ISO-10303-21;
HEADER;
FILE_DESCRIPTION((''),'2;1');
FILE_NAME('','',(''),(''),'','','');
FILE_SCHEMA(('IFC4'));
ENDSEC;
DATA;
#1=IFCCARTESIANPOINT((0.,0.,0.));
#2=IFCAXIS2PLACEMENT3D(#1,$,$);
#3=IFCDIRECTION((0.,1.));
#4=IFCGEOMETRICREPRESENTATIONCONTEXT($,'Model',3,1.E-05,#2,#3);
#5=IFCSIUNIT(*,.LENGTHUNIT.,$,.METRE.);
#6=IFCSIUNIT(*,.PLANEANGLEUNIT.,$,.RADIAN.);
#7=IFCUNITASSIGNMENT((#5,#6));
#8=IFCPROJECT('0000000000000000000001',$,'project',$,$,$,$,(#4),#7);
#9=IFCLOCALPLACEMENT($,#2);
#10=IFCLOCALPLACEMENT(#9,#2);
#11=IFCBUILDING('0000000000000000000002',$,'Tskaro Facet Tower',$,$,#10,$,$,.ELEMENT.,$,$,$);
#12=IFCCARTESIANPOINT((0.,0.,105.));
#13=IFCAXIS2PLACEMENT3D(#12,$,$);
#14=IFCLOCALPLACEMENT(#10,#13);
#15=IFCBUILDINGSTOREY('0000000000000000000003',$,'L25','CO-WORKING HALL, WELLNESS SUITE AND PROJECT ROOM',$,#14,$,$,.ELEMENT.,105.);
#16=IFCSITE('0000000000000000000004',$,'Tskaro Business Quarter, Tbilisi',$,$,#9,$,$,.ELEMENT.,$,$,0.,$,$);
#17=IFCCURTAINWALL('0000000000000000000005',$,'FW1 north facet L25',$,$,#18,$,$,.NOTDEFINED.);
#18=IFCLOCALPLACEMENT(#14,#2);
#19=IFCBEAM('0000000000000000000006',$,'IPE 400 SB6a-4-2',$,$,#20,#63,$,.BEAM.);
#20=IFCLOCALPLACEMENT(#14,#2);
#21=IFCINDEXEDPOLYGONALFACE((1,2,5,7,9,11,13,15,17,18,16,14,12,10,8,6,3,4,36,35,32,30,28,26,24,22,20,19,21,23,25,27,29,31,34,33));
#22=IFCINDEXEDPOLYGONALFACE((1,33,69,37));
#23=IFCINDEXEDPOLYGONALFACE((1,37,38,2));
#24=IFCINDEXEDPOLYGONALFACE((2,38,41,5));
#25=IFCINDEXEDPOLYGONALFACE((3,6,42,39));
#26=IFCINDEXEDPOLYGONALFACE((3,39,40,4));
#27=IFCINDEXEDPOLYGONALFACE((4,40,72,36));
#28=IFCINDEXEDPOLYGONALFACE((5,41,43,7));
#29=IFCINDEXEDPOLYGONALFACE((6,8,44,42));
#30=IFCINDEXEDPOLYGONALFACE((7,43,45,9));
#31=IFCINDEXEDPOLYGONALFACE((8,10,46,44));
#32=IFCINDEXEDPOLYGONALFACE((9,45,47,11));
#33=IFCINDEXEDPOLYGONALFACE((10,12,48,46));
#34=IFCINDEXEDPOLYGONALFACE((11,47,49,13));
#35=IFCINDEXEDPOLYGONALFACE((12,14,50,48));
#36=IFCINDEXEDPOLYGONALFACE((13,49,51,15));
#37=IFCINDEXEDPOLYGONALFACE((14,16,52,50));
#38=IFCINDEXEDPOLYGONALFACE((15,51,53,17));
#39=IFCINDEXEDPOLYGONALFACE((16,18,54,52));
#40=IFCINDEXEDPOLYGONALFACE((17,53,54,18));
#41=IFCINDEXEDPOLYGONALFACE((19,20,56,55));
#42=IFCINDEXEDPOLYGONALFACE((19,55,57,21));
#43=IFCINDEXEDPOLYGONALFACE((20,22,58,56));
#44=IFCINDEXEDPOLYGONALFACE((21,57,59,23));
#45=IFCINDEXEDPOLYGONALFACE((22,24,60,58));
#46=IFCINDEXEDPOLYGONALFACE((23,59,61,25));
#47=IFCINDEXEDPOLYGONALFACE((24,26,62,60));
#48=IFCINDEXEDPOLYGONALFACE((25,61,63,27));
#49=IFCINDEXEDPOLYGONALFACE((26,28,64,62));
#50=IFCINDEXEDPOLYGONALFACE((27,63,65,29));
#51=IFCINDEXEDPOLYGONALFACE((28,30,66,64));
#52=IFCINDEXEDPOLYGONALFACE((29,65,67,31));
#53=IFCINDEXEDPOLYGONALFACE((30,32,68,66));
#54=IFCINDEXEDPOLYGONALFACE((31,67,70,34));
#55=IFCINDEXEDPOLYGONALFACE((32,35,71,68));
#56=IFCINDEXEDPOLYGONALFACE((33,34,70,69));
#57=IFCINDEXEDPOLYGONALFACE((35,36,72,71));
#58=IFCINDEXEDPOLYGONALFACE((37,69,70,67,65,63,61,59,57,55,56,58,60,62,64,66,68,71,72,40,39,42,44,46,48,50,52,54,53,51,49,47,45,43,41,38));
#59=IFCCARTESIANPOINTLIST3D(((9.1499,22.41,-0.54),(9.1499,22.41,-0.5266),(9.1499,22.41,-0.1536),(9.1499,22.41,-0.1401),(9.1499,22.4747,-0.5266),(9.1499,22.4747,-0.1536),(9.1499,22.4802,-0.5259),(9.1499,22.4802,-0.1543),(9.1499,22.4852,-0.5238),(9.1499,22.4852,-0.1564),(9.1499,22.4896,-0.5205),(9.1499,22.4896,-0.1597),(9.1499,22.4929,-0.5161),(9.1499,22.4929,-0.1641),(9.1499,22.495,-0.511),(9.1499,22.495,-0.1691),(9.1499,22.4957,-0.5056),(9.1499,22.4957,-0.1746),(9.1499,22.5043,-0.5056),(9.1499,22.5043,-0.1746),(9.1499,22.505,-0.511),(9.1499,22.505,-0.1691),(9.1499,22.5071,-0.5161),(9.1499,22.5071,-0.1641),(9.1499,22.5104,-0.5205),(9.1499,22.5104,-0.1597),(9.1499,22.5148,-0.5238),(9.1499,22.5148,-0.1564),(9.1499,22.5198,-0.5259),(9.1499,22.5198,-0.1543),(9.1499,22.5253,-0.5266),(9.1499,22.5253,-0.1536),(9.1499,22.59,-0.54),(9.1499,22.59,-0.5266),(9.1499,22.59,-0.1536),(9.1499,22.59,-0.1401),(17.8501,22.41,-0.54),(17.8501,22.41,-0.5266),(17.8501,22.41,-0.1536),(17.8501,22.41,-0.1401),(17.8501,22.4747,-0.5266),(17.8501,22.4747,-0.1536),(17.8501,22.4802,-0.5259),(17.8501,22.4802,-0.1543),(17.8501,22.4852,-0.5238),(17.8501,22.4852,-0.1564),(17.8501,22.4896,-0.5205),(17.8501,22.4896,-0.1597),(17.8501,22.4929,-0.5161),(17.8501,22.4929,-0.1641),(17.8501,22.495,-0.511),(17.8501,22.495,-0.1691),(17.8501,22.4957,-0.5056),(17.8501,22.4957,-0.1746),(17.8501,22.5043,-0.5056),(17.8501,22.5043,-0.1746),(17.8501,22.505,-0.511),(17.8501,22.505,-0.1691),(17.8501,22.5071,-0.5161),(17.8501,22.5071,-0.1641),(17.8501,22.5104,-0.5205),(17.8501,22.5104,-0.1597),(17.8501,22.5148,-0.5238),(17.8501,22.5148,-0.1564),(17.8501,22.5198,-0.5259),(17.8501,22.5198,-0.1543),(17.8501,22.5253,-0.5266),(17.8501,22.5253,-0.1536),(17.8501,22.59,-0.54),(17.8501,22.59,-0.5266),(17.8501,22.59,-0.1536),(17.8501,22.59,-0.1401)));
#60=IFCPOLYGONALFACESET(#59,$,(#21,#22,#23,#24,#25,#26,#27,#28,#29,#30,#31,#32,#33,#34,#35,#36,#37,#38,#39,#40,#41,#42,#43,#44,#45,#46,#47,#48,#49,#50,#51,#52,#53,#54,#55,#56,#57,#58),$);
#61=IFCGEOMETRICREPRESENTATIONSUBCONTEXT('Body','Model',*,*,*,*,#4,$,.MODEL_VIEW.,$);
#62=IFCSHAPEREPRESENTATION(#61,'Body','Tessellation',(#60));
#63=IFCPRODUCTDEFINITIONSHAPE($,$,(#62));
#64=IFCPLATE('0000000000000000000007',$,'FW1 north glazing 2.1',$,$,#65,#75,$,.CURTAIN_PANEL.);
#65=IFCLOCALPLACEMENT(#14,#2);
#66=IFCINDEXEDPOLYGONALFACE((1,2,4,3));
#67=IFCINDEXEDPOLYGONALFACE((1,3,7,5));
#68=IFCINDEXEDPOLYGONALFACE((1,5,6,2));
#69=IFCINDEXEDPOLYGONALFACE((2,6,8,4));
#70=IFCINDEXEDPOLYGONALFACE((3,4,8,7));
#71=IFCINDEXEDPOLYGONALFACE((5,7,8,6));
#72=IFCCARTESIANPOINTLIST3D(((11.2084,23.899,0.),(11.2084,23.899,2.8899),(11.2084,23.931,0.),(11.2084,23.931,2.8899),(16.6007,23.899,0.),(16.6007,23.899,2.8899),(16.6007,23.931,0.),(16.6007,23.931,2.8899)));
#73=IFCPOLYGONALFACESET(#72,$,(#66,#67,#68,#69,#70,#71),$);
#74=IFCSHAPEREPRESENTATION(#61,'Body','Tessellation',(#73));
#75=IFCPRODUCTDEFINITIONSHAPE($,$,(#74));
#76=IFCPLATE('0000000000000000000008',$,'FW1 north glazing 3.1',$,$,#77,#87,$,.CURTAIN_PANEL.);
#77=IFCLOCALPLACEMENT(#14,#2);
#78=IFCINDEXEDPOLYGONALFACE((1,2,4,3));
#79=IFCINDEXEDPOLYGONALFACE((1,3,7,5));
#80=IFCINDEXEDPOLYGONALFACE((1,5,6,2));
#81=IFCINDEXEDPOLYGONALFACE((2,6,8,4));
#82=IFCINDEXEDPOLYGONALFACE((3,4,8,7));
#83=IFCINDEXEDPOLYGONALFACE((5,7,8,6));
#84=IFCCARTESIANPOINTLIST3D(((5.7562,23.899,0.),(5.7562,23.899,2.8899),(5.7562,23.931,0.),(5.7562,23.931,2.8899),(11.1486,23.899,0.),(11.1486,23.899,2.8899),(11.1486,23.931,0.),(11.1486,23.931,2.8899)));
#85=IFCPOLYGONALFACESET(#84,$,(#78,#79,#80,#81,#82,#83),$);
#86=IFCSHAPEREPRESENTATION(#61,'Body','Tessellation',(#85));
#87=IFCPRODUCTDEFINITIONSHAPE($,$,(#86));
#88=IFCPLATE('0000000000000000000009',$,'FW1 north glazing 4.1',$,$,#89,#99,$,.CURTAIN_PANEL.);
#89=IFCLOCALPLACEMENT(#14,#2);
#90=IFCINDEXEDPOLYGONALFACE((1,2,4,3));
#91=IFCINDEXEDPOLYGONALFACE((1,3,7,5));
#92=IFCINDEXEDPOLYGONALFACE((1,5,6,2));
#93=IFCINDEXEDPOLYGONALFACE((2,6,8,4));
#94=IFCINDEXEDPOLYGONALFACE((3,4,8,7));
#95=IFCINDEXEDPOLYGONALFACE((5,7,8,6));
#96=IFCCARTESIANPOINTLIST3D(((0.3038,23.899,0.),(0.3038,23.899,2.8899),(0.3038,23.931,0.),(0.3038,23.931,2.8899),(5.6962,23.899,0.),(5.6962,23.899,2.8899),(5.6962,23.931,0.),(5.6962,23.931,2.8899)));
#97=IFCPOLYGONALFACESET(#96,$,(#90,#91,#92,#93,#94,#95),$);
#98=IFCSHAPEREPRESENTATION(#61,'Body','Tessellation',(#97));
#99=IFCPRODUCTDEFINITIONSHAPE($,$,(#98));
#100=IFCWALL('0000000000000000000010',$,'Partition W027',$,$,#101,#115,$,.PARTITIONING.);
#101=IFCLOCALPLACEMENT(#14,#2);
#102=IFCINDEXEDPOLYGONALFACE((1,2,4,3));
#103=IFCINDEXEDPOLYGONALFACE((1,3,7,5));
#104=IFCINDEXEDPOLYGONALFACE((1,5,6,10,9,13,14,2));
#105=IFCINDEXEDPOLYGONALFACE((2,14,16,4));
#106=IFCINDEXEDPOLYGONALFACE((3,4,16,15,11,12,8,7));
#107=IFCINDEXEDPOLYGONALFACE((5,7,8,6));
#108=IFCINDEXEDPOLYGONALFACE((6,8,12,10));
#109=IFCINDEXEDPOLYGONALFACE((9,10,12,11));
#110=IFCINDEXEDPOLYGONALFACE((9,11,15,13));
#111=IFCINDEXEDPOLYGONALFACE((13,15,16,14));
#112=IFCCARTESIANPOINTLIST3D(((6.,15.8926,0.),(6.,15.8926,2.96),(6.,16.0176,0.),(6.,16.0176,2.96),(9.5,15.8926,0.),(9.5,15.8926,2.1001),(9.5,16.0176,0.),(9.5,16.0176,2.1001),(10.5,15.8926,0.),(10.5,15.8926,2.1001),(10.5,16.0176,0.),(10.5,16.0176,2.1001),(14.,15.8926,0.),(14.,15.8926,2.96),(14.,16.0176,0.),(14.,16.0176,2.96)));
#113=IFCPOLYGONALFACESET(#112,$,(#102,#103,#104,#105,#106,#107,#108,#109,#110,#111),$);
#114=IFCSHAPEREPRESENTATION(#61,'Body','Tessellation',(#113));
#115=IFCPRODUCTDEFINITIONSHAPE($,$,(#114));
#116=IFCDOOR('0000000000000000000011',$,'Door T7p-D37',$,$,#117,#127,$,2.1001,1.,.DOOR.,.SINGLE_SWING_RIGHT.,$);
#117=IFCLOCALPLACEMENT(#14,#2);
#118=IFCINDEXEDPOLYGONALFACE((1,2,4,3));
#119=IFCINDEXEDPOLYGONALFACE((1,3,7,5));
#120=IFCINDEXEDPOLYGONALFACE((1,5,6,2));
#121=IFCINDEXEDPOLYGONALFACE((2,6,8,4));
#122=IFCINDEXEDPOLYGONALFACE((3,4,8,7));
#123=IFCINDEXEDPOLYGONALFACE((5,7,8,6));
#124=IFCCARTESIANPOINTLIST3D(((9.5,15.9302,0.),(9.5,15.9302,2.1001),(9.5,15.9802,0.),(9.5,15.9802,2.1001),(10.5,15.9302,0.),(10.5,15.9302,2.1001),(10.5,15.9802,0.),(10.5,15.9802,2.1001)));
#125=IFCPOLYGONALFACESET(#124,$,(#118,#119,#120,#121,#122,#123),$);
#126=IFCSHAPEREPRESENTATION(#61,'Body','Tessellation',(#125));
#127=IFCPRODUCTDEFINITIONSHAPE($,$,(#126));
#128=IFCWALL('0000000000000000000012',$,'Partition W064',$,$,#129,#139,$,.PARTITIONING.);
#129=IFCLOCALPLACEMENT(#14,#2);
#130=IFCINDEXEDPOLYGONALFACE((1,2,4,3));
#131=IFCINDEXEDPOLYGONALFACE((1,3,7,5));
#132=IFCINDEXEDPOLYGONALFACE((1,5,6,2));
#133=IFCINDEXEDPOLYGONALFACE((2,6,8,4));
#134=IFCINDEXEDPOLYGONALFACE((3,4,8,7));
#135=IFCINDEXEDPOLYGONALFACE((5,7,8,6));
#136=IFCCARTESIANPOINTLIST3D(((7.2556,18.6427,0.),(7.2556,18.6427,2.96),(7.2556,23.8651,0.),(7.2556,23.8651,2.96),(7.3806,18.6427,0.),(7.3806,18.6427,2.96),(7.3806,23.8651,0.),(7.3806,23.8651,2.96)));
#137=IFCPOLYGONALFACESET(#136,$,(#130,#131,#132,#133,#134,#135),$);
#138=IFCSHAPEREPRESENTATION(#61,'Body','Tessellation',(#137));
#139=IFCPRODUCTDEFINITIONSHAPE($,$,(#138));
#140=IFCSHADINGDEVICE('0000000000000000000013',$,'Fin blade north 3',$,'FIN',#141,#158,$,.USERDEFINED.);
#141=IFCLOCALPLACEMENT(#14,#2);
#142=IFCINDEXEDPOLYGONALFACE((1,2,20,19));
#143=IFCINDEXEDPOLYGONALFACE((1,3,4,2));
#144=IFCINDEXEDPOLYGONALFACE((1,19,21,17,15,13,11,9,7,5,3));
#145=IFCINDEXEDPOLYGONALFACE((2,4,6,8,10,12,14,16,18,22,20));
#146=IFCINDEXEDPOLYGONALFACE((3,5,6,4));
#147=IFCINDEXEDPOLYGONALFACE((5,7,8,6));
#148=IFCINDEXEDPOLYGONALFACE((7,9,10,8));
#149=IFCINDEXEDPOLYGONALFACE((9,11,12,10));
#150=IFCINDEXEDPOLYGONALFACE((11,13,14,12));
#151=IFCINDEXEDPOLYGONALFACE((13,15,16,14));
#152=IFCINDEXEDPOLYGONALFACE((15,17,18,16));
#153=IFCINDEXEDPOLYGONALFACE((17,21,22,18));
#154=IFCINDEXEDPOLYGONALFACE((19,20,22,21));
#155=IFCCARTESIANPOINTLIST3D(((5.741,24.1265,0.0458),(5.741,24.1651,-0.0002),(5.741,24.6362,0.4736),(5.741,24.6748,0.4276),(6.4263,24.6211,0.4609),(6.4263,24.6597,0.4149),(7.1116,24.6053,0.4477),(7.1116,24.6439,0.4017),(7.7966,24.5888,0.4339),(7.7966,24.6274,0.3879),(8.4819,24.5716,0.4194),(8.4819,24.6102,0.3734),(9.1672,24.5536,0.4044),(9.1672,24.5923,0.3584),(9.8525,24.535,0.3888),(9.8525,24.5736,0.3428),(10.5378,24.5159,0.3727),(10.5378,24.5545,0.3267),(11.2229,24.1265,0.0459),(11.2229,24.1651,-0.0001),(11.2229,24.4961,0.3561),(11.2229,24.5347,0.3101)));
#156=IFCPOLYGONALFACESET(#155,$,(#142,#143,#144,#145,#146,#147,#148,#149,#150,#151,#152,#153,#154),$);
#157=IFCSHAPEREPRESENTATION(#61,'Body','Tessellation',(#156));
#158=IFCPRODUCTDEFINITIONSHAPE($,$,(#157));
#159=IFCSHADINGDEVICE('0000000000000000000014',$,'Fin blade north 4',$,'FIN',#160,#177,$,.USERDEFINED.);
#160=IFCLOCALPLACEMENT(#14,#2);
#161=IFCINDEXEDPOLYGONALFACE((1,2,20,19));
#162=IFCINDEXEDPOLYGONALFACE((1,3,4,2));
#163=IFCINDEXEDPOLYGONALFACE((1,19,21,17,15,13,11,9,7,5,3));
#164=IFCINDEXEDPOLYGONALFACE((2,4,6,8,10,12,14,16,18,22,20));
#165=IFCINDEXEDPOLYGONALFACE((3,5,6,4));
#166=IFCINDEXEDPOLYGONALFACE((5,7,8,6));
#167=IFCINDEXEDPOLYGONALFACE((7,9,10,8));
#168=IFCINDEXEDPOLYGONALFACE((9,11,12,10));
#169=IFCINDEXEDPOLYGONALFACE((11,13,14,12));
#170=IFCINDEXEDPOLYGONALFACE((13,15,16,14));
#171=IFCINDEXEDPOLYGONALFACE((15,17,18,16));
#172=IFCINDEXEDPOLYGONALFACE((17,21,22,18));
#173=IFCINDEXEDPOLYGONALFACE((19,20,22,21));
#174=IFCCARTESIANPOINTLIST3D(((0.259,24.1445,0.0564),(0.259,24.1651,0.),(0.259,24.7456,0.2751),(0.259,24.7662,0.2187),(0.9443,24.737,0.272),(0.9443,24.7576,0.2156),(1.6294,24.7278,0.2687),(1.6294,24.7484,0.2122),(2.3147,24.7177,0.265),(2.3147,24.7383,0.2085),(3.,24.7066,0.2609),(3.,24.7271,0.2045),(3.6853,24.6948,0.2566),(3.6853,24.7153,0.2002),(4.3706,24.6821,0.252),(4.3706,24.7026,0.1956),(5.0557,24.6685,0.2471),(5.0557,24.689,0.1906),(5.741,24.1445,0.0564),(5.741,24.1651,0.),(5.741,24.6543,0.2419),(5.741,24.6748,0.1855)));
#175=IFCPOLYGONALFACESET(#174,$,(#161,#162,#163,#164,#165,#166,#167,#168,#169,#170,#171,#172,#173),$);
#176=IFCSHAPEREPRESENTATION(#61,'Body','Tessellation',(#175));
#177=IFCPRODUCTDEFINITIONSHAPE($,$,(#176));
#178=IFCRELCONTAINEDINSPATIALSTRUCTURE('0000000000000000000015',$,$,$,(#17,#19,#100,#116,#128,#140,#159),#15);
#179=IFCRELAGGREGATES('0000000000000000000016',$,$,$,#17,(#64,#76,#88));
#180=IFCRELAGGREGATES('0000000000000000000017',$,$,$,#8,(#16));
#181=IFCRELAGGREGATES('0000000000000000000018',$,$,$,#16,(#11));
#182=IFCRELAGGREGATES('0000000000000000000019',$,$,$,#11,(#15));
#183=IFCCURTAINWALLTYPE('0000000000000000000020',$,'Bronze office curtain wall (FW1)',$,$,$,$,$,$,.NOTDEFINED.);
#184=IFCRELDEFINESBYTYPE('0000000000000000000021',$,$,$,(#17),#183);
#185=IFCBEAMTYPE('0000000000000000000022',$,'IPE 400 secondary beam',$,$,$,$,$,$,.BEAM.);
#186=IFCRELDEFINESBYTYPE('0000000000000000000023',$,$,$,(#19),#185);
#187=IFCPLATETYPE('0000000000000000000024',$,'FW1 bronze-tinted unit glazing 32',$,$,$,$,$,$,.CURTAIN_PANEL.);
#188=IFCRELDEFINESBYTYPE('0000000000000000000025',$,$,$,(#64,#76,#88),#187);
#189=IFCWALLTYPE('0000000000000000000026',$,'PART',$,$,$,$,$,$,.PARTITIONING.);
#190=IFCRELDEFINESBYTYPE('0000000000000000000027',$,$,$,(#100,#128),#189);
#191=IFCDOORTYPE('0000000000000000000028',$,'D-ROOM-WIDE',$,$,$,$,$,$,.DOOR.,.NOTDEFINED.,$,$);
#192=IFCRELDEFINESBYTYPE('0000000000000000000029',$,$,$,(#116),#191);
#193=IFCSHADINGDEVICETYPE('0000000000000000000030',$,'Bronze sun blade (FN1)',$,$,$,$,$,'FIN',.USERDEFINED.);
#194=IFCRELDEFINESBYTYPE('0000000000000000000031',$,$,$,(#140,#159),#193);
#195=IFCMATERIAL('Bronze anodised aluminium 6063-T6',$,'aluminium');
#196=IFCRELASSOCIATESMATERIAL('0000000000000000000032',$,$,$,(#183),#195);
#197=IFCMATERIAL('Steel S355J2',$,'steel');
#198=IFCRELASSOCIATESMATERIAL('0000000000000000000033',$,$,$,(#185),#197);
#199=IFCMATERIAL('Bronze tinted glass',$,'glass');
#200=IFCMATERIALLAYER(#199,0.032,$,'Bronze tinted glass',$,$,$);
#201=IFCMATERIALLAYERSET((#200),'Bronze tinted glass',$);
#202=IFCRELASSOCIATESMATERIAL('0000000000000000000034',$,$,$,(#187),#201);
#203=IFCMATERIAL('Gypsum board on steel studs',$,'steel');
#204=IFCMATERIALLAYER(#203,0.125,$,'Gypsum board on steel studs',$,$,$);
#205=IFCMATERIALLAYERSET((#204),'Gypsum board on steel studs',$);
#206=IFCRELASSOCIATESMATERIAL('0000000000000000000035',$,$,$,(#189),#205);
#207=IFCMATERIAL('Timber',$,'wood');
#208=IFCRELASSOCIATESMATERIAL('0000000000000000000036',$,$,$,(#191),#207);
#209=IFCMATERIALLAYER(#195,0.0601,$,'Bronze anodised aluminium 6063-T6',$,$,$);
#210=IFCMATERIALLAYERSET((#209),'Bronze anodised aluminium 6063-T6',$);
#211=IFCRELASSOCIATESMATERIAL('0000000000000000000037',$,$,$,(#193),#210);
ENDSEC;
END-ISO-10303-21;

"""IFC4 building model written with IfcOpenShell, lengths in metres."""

from ifc_helpers import new_model, si_unit, direction, frame, frame_2d, origin, origin_2d, place, context, subcontext, project, spatial, polyline, rectangle, i_section, outline, extrude, material, layer, layer_set, material_profile, profile_set, type_object, element, fill, aggregate, save


model = new_model("IFC4")

# Units and contexts
model_context = context("Model", 3, precision=1e-05, world=origin(), true_north=direction((0.0, 1.0)))
body_context = subcontext(model_context, "Body", "Model", "MODEL_VIEW")
ifc_project = project(units=[si_unit("LENGTHUNIT", "METRE"), si_unit("PLANEANGLEUNIT", "RADIAN")], contexts=[model_context])

# Site, building, storey
site_placement = place(None, origin())
site = spatial("IfcSite", under=ifc_project, at=site_placement, Name="Tskaro Business Quarter, Tbilisi", CompositionType="ELEMENT", RefElevation=0.0)
building_placement = place(site_placement, origin())
building = spatial("IfcBuilding", under=site, at=building_placement, Name="Tskaro Facet Tower", CompositionType="ELEMENT")
storey_placement = place(building_placement, frame((0.0, 0.0, 105.0)))
storey = spatial("IfcBuildingStorey", under=building, at=storey_placement, Name="L25", Description="CO-WORKING HALL, WELLNESS SUITE AND PROJECT ROOM", CompositionType="ELEMENT", Elevation=105.0)

# Curtain wall
ifc_material_1 = material(Name="Bronze anodised aluminium 6063-T6", Category="aluminium")
curtain_wall_type = type_object("IfcCurtainWallType", Name="Bronze office curtain wall (FW1)", PredefinedType="NOTDEFINED", material=ifc_material_1)
curtain_wall_placement = place(storey_placement, origin())
curtain_wall = element("IfcCurtainWall", 1, at=curtain_wall_placement, inside=storey, type_object=curtain_wall_type, Name="FW1 north facet L25", PredefinedType="NOTDEFINED")

# Beam
ifc_material_2 = material(Name="Steel S355J2", Category="steel")
ifc_material_profile_1 = material_profile(ifc_material_2, i_section(OverallWidth=0.1799, OverallDepth=0.3999, WebThickness=0.0085, FlangeThickness=0.0134, FilletRadius=0.021, at=origin_2d()), Name="IPE 400")
ifc_profile_set_1 = profile_set([ifc_material_profile_1], Name="Steel S355J2")
beam_type_1 = type_object("IfcBeamType", Name="IPE 400 secondary beam", PredefinedType="BEAM", material=ifc_profile_set_1)
for number, where, z_axis, x_axis, name in (
    (2, (9.1499, 22.5, -0.3401), (1.0, 0.0, 0.0), (0.0, 1.0, 0.0), "IPE 400 SB6a-4-2"),
):
    element("IfcBeam", number, at=place(storey_placement, frame(where, z_axis=z_axis, x_axis=x_axis)), inside=storey, type_object=beam_type_1, Name=name, PredefinedType="BEAM", context=body_context, shape_type="SweptSolid", body=[
        extrude(i_section(OverallWidth=0.1799, OverallDepth=0.3999, WebThickness=0.0085, FlangeThickness=0.0134, FilletRadius=0.021, at=origin_2d()), origin(), (0.0, 0.0, 1.0), 8.7002),
    ])

# Plates
ifc_material_3 = material(Name="Bronze tinted glass", Category="glass")
ifc_layer_1 = layer(ifc_material_3, 0.032, Name="Bronze tinted glass")
ifc_layer_set_1 = layer_set([ifc_layer_1], Name="Bronze tinted glass")
plate_type = type_object("IfcPlateType", Name="FW1 bronze-tinted unit glazing 32", PredefinedType="CURTAIN_PANEL", material=ifc_layer_set_1)
plate_1_placement = place(storey_placement, frame((13.9045, 23.915, 0.0), z_axis=(0.0, 0.0, 1.0), x_axis=(-1.0, 0.0, 0.0)))
plate_1 = element("IfcPlate", 3, at=plate_1_placement, type_object=plate_type, Name="FW1 north glazing 2.1", PredefinedType="CURTAIN_PANEL", context=body_context, shape_type="SweptSolid", body=[
    extrude(rectangle(XDim=5.3923, YDim=0.032, at=origin_2d()), origin(), (0.0, 0.0, 1.0), 2.8899),
])
plate_2_placement = place(storey_placement, frame((8.4524, 23.915, 0.0), z_axis=(0.0, 0.0, 1.0), x_axis=(-1.0, 0.0, 0.0)))
plate_2 = element("IfcPlate", 4, at=plate_2_placement, type_object=plate_type, Name="FW1 north glazing 3.1", PredefinedType="CURTAIN_PANEL", context=body_context, shape_type="SweptSolid", body=[
    extrude(rectangle(XDim=5.3923, YDim=0.032, at=origin_2d()), origin(), (0.0, 0.0, 1.0), 2.8899),
])
plate_3_placement = place(storey_placement, frame((3.0, 23.915, 0.0), z_axis=(0.0, 0.0, 1.0), x_axis=(-1.0, 0.0, 0.0)))
plate_3 = element("IfcPlate", 5, at=plate_3_placement, type_object=plate_type, Name="FW1 north glazing 4.1", PredefinedType="CURTAIN_PANEL", context=body_context, shape_type="SweptSolid", body=[
    extrude(rectangle(XDim=5.3923, YDim=0.032, at=origin_2d()), origin(), (0.0, 0.0, 1.0), 2.8899),
])
aggregate(curtain_wall, [plate_1, plate_2, plate_3])

# Wall, opening, door
ifc_material_4 = material(Name="Gypsum board on steel studs", Category="steel")
ifc_layer_2 = layer(ifc_material_4, 0.125, Name="Gypsum board on steel studs")
ifc_layer_set_2 = layer_set([ifc_layer_2], Name="Gypsum board on steel studs")
wall_type = type_object("IfcWallType", Name="PART", PredefinedType="PARTITIONING", material=ifc_layer_set_2)
wall_1_placement = place(storey_placement, frame((14.0, 15.9551, 0.0), z_axis=(0.0, 0.0, 1.0), x_axis=(-1.0, 0.0, 0.0)))
wall_1 = element("IfcWall", 6, at=wall_1_placement, inside=storey, type_object=wall_type, Name="Partition W027", PredefinedType="PARTITIONING", context=body_context, shape_type="SweptSolid", body=[
    extrude(rectangle(XDim=8.0, YDim=0.125, at=frame_2d((4.0, 0.0))), origin(), (0.0, 0.0, 1.0), 2.96),
])
opening_placement = place(wall_1_placement, frame((3.5, 0.0, 0.0)))
opening = element("IfcOpeningElement", 7, at=opening_placement, cuts=wall_1, PredefinedType="OPENING", context=body_context, shape_type="SweptSolid", body=[
    extrude(rectangle(XDim=1.0, YDim=2.1001, at=frame_2d((0.5, 1.05))), frame((0.0, 0.0725, 0.0), z_axis=(0.0, -1.0, 0.0), x_axis=(1.0, 0.0, 0.0)), (0.0, 0.0, 1.0), 0.145),
])
ifc_material_5 = material(Name="Timber", Category="wood")
door_type = type_object("IfcDoorType", Name="D-ROOM-WIDE", OperationType="NOTDEFINED", PredefinedType="DOOR", material=ifc_material_5)
door_placement = place(opening_placement, origin())
door = element("IfcDoor", 8, at=door_placement, inside=storey, type_object=door_type, Name="Door T7p-D37", OperationType="SINGLE_SWING_RIGHT", OverallHeight=2.1001, OverallWidth=1.0, PredefinedType="DOOR", context=body_context, shape_type="SweptSolid", body=[
    extrude(rectangle(XDim=1.0, YDim=2.1001, at=frame_2d((0.5, 1.05))), frame((0.0, 0.0249, 0.0), z_axis=(0.0, -1.0, 0.0), x_axis=(1.0, 0.0, 0.0)), (0.0, 0.0, 1.0), 0.05),
])
fill(opening, door)

# Wall
wall_2_placement = place(storey_placement, frame((7.3181, 18.6426, 0.0), z_axis=(0.0, 0.0, 1.0), x_axis=(0.0, 1.0, 0.0)))
element("IfcWall", 9, at=wall_2_placement, inside=storey, type_object=wall_type, Name="Partition W064", PredefinedType="PARTITIONING", context=body_context, shape_type="SweptSolid", body=[
    extrude(rectangle(XDim=5.2224, YDim=0.125, at=frame_2d((2.6113, 0.0))), origin(), (0.0, 0.0, 1.0), 2.96),
])

# Shading devices
ifc_layer_3 = layer(ifc_material_1, 0.0601, Name="Bronze anodised aluminium 6063-T6")
ifc_layer_set_3 = layer_set([ifc_layer_3], Name="Bronze anodised aluminium 6063-T6")
shading_device_type = type_object("IfcShadingDeviceType", Name="Bronze sun blade (FN1)", ElementType="FIN", PredefinedType="USERDEFINED", material=ifc_layer_set_3)
shading_device_1_placement = place(storey_placement, frame((11.2229, 24.1265, 0.0459), z_axis=(-0.000013, -0.642857, 0.765986), x_axis=(-1.0, 0.000008, -0.00001)))
element("IfcShadingDevice", 10, at=shading_device_1_placement, inside=storey, type_object=shading_device_type, Name="Fin blade north 3", ObjectType="FIN", PredefinedType="USERDEFINED", context=body_context, shape_type="SweptSolid", body=[
    extrude(outline(polyline([(0.0, 0.0), (5.4819, 0.0), (5.4819, -0.6654), (4.7966, -0.6457), (4.1113, -0.6251), (3.4263, -0.6036), (2.741, -0.581), (2.0557, -0.5577), (1.3704, -0.5334), (0.6851, -0.5084), (0.0, -0.4826), (0.0, 0.0)])), origin(), (0.0, 0.0, -1.0), 0.0601),
])
shading_device_2_placement = place(storey_placement, frame((5.741, 24.1445, 0.0564), z_axis=(-0.000002, -0.341961, 0.939714), x_axis=(-1.0, 0.000001, -0.000001)))
element("IfcShadingDevice", 11, at=shading_device_2_placement, inside=storey, type_object=shading_device_type, Name="Fin blade north 4", ObjectType="FIN", PredefinedType="USERDEFINED", context=body_context, shape_type="SweptSolid", body=[
    extrude(outline(polyline([(0.0, 0.0), (5.4819, 0.0), (5.4819, -0.6396), (4.7966, -0.6305), (4.1116, -0.6207), (3.4263, -0.61), (2.741, -0.5981), (2.0557, -0.5856), (1.3704, -0.5721), (0.6853, -0.5575), (0.0, -0.5425), (0.0, 0.0)])), origin(), (0.0, 0.0, -1.0), 0.0601),
])

save(model, "model.ifc")
